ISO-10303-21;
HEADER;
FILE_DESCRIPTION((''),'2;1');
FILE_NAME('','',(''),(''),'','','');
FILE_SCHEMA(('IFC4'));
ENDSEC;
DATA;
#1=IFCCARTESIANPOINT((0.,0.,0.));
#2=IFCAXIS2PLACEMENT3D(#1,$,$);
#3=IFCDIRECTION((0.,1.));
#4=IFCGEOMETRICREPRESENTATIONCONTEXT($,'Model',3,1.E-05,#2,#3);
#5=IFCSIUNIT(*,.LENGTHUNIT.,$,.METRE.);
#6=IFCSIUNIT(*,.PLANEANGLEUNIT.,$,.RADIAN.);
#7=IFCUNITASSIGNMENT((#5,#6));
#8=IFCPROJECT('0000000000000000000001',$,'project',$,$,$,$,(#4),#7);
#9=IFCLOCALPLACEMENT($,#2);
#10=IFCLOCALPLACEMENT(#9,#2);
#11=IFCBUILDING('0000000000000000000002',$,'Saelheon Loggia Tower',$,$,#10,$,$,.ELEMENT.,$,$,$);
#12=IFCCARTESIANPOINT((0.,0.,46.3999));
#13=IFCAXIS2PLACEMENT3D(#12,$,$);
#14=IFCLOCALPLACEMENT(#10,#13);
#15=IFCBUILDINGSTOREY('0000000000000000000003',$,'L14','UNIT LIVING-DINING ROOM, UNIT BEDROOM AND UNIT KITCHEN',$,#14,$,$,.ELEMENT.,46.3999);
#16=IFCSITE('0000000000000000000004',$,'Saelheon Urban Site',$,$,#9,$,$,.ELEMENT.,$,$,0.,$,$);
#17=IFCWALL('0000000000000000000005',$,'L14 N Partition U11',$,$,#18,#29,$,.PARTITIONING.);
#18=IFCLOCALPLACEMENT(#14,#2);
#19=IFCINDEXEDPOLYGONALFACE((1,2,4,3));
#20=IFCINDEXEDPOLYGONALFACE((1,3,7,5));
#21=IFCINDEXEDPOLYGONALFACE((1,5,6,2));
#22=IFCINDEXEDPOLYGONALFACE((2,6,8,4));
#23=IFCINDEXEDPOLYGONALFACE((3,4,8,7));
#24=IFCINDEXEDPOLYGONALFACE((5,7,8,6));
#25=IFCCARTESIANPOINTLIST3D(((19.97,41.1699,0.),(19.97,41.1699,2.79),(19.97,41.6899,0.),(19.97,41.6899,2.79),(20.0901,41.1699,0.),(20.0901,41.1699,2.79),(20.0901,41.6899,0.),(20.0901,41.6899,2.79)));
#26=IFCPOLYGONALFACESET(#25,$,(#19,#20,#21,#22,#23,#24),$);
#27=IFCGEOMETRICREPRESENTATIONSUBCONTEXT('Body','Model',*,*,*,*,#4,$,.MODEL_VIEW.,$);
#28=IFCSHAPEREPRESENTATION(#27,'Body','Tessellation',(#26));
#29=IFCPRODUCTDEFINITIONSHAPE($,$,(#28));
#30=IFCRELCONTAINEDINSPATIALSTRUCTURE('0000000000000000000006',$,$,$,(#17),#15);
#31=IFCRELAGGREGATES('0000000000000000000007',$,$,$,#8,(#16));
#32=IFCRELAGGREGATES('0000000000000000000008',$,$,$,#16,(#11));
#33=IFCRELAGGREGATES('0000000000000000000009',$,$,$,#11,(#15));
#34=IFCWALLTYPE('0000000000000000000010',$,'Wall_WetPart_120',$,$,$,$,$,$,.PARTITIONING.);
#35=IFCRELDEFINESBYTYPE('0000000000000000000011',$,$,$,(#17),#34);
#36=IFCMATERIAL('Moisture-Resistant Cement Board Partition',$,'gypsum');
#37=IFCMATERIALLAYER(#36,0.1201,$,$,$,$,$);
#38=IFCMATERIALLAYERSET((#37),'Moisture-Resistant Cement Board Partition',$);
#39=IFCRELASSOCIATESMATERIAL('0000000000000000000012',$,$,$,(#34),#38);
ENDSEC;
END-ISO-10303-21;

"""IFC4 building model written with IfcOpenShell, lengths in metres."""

from ifc_helpers import new_model, si_unit, direction, frame, frame_2d, origin, place, context, subcontext, project, spatial, rectangle, extrude, material, layer, layer_set, type_object, element, save


model = new_model("IFC4")

# Units and contexts
model_context = context("Model", 3, precision=1e-05, world=origin(), true_north=direction((0.0, 1.0)))
body_context = subcontext(model_context, "Body", "Model", "MODEL_VIEW")
ifc_project = project(units=[si_unit("LENGTHUNIT", "METRE"), si_unit("PLANEANGLEUNIT", "RADIAN")], contexts=[model_context])

# Site, building, storey
site_placement = place(None, origin())
site = spatial("IfcSite", under=ifc_project, at=site_placement, Name="Saelheon Urban Site", CompositionType="ELEMENT", RefElevation=0.0)
building_placement = place(site_placement, origin())
building = spatial("IfcBuilding", under=site, at=building_placement, Name="Saelheon Loggia Tower", CompositionType="ELEMENT")
storey_placement = place(building_placement, frame((0.0, 0.0, 46.3999)))
storey = spatial("IfcBuildingStorey", under=building, at=storey_placement, Name="L14", Description="UNIT LIVING-DINING ROOM, UNIT BEDROOM AND UNIT KITCHEN", CompositionType="ELEMENT", Elevation=46.3999)

# Shared definitions
ifc_material_1 = material(Name="Moisture-Resistant Cement Board Partition", Category="gypsum")
ifc_layer_1 = layer(ifc_material_1, 0.1201)
ifc_layer_set_1 = layer_set([ifc_layer_1], Name="Moisture-Resistant Cement Board Partition")
wall_type_1 = type_object("IfcWallType", Name="Wall_WetPart_120", PredefinedType="PARTITIONING", material=ifc_layer_set_1)

# Wall
wall_1_placement = place(storey_placement, frame((20.03, 41.1699, 0.0), z_axis=(0.0, 0.0, 1.0), x_axis=(0.0, 1.0, 0.0)))
element("IfcWall", 1, at=wall_1_placement, inside=storey, type_object=wall_type_1, Name="L14 N Partition U11", PredefinedType="PARTITIONING", context=body_context, shape_type="SweptSolid", body=[
    extrude(rectangle(XDim=0.52, YDim=0.1201, at=frame_2d((0.26, 0.0))), origin(), (0.0, 0.0, 1.0), 2.79),
])

save(model, "model.ifc")
